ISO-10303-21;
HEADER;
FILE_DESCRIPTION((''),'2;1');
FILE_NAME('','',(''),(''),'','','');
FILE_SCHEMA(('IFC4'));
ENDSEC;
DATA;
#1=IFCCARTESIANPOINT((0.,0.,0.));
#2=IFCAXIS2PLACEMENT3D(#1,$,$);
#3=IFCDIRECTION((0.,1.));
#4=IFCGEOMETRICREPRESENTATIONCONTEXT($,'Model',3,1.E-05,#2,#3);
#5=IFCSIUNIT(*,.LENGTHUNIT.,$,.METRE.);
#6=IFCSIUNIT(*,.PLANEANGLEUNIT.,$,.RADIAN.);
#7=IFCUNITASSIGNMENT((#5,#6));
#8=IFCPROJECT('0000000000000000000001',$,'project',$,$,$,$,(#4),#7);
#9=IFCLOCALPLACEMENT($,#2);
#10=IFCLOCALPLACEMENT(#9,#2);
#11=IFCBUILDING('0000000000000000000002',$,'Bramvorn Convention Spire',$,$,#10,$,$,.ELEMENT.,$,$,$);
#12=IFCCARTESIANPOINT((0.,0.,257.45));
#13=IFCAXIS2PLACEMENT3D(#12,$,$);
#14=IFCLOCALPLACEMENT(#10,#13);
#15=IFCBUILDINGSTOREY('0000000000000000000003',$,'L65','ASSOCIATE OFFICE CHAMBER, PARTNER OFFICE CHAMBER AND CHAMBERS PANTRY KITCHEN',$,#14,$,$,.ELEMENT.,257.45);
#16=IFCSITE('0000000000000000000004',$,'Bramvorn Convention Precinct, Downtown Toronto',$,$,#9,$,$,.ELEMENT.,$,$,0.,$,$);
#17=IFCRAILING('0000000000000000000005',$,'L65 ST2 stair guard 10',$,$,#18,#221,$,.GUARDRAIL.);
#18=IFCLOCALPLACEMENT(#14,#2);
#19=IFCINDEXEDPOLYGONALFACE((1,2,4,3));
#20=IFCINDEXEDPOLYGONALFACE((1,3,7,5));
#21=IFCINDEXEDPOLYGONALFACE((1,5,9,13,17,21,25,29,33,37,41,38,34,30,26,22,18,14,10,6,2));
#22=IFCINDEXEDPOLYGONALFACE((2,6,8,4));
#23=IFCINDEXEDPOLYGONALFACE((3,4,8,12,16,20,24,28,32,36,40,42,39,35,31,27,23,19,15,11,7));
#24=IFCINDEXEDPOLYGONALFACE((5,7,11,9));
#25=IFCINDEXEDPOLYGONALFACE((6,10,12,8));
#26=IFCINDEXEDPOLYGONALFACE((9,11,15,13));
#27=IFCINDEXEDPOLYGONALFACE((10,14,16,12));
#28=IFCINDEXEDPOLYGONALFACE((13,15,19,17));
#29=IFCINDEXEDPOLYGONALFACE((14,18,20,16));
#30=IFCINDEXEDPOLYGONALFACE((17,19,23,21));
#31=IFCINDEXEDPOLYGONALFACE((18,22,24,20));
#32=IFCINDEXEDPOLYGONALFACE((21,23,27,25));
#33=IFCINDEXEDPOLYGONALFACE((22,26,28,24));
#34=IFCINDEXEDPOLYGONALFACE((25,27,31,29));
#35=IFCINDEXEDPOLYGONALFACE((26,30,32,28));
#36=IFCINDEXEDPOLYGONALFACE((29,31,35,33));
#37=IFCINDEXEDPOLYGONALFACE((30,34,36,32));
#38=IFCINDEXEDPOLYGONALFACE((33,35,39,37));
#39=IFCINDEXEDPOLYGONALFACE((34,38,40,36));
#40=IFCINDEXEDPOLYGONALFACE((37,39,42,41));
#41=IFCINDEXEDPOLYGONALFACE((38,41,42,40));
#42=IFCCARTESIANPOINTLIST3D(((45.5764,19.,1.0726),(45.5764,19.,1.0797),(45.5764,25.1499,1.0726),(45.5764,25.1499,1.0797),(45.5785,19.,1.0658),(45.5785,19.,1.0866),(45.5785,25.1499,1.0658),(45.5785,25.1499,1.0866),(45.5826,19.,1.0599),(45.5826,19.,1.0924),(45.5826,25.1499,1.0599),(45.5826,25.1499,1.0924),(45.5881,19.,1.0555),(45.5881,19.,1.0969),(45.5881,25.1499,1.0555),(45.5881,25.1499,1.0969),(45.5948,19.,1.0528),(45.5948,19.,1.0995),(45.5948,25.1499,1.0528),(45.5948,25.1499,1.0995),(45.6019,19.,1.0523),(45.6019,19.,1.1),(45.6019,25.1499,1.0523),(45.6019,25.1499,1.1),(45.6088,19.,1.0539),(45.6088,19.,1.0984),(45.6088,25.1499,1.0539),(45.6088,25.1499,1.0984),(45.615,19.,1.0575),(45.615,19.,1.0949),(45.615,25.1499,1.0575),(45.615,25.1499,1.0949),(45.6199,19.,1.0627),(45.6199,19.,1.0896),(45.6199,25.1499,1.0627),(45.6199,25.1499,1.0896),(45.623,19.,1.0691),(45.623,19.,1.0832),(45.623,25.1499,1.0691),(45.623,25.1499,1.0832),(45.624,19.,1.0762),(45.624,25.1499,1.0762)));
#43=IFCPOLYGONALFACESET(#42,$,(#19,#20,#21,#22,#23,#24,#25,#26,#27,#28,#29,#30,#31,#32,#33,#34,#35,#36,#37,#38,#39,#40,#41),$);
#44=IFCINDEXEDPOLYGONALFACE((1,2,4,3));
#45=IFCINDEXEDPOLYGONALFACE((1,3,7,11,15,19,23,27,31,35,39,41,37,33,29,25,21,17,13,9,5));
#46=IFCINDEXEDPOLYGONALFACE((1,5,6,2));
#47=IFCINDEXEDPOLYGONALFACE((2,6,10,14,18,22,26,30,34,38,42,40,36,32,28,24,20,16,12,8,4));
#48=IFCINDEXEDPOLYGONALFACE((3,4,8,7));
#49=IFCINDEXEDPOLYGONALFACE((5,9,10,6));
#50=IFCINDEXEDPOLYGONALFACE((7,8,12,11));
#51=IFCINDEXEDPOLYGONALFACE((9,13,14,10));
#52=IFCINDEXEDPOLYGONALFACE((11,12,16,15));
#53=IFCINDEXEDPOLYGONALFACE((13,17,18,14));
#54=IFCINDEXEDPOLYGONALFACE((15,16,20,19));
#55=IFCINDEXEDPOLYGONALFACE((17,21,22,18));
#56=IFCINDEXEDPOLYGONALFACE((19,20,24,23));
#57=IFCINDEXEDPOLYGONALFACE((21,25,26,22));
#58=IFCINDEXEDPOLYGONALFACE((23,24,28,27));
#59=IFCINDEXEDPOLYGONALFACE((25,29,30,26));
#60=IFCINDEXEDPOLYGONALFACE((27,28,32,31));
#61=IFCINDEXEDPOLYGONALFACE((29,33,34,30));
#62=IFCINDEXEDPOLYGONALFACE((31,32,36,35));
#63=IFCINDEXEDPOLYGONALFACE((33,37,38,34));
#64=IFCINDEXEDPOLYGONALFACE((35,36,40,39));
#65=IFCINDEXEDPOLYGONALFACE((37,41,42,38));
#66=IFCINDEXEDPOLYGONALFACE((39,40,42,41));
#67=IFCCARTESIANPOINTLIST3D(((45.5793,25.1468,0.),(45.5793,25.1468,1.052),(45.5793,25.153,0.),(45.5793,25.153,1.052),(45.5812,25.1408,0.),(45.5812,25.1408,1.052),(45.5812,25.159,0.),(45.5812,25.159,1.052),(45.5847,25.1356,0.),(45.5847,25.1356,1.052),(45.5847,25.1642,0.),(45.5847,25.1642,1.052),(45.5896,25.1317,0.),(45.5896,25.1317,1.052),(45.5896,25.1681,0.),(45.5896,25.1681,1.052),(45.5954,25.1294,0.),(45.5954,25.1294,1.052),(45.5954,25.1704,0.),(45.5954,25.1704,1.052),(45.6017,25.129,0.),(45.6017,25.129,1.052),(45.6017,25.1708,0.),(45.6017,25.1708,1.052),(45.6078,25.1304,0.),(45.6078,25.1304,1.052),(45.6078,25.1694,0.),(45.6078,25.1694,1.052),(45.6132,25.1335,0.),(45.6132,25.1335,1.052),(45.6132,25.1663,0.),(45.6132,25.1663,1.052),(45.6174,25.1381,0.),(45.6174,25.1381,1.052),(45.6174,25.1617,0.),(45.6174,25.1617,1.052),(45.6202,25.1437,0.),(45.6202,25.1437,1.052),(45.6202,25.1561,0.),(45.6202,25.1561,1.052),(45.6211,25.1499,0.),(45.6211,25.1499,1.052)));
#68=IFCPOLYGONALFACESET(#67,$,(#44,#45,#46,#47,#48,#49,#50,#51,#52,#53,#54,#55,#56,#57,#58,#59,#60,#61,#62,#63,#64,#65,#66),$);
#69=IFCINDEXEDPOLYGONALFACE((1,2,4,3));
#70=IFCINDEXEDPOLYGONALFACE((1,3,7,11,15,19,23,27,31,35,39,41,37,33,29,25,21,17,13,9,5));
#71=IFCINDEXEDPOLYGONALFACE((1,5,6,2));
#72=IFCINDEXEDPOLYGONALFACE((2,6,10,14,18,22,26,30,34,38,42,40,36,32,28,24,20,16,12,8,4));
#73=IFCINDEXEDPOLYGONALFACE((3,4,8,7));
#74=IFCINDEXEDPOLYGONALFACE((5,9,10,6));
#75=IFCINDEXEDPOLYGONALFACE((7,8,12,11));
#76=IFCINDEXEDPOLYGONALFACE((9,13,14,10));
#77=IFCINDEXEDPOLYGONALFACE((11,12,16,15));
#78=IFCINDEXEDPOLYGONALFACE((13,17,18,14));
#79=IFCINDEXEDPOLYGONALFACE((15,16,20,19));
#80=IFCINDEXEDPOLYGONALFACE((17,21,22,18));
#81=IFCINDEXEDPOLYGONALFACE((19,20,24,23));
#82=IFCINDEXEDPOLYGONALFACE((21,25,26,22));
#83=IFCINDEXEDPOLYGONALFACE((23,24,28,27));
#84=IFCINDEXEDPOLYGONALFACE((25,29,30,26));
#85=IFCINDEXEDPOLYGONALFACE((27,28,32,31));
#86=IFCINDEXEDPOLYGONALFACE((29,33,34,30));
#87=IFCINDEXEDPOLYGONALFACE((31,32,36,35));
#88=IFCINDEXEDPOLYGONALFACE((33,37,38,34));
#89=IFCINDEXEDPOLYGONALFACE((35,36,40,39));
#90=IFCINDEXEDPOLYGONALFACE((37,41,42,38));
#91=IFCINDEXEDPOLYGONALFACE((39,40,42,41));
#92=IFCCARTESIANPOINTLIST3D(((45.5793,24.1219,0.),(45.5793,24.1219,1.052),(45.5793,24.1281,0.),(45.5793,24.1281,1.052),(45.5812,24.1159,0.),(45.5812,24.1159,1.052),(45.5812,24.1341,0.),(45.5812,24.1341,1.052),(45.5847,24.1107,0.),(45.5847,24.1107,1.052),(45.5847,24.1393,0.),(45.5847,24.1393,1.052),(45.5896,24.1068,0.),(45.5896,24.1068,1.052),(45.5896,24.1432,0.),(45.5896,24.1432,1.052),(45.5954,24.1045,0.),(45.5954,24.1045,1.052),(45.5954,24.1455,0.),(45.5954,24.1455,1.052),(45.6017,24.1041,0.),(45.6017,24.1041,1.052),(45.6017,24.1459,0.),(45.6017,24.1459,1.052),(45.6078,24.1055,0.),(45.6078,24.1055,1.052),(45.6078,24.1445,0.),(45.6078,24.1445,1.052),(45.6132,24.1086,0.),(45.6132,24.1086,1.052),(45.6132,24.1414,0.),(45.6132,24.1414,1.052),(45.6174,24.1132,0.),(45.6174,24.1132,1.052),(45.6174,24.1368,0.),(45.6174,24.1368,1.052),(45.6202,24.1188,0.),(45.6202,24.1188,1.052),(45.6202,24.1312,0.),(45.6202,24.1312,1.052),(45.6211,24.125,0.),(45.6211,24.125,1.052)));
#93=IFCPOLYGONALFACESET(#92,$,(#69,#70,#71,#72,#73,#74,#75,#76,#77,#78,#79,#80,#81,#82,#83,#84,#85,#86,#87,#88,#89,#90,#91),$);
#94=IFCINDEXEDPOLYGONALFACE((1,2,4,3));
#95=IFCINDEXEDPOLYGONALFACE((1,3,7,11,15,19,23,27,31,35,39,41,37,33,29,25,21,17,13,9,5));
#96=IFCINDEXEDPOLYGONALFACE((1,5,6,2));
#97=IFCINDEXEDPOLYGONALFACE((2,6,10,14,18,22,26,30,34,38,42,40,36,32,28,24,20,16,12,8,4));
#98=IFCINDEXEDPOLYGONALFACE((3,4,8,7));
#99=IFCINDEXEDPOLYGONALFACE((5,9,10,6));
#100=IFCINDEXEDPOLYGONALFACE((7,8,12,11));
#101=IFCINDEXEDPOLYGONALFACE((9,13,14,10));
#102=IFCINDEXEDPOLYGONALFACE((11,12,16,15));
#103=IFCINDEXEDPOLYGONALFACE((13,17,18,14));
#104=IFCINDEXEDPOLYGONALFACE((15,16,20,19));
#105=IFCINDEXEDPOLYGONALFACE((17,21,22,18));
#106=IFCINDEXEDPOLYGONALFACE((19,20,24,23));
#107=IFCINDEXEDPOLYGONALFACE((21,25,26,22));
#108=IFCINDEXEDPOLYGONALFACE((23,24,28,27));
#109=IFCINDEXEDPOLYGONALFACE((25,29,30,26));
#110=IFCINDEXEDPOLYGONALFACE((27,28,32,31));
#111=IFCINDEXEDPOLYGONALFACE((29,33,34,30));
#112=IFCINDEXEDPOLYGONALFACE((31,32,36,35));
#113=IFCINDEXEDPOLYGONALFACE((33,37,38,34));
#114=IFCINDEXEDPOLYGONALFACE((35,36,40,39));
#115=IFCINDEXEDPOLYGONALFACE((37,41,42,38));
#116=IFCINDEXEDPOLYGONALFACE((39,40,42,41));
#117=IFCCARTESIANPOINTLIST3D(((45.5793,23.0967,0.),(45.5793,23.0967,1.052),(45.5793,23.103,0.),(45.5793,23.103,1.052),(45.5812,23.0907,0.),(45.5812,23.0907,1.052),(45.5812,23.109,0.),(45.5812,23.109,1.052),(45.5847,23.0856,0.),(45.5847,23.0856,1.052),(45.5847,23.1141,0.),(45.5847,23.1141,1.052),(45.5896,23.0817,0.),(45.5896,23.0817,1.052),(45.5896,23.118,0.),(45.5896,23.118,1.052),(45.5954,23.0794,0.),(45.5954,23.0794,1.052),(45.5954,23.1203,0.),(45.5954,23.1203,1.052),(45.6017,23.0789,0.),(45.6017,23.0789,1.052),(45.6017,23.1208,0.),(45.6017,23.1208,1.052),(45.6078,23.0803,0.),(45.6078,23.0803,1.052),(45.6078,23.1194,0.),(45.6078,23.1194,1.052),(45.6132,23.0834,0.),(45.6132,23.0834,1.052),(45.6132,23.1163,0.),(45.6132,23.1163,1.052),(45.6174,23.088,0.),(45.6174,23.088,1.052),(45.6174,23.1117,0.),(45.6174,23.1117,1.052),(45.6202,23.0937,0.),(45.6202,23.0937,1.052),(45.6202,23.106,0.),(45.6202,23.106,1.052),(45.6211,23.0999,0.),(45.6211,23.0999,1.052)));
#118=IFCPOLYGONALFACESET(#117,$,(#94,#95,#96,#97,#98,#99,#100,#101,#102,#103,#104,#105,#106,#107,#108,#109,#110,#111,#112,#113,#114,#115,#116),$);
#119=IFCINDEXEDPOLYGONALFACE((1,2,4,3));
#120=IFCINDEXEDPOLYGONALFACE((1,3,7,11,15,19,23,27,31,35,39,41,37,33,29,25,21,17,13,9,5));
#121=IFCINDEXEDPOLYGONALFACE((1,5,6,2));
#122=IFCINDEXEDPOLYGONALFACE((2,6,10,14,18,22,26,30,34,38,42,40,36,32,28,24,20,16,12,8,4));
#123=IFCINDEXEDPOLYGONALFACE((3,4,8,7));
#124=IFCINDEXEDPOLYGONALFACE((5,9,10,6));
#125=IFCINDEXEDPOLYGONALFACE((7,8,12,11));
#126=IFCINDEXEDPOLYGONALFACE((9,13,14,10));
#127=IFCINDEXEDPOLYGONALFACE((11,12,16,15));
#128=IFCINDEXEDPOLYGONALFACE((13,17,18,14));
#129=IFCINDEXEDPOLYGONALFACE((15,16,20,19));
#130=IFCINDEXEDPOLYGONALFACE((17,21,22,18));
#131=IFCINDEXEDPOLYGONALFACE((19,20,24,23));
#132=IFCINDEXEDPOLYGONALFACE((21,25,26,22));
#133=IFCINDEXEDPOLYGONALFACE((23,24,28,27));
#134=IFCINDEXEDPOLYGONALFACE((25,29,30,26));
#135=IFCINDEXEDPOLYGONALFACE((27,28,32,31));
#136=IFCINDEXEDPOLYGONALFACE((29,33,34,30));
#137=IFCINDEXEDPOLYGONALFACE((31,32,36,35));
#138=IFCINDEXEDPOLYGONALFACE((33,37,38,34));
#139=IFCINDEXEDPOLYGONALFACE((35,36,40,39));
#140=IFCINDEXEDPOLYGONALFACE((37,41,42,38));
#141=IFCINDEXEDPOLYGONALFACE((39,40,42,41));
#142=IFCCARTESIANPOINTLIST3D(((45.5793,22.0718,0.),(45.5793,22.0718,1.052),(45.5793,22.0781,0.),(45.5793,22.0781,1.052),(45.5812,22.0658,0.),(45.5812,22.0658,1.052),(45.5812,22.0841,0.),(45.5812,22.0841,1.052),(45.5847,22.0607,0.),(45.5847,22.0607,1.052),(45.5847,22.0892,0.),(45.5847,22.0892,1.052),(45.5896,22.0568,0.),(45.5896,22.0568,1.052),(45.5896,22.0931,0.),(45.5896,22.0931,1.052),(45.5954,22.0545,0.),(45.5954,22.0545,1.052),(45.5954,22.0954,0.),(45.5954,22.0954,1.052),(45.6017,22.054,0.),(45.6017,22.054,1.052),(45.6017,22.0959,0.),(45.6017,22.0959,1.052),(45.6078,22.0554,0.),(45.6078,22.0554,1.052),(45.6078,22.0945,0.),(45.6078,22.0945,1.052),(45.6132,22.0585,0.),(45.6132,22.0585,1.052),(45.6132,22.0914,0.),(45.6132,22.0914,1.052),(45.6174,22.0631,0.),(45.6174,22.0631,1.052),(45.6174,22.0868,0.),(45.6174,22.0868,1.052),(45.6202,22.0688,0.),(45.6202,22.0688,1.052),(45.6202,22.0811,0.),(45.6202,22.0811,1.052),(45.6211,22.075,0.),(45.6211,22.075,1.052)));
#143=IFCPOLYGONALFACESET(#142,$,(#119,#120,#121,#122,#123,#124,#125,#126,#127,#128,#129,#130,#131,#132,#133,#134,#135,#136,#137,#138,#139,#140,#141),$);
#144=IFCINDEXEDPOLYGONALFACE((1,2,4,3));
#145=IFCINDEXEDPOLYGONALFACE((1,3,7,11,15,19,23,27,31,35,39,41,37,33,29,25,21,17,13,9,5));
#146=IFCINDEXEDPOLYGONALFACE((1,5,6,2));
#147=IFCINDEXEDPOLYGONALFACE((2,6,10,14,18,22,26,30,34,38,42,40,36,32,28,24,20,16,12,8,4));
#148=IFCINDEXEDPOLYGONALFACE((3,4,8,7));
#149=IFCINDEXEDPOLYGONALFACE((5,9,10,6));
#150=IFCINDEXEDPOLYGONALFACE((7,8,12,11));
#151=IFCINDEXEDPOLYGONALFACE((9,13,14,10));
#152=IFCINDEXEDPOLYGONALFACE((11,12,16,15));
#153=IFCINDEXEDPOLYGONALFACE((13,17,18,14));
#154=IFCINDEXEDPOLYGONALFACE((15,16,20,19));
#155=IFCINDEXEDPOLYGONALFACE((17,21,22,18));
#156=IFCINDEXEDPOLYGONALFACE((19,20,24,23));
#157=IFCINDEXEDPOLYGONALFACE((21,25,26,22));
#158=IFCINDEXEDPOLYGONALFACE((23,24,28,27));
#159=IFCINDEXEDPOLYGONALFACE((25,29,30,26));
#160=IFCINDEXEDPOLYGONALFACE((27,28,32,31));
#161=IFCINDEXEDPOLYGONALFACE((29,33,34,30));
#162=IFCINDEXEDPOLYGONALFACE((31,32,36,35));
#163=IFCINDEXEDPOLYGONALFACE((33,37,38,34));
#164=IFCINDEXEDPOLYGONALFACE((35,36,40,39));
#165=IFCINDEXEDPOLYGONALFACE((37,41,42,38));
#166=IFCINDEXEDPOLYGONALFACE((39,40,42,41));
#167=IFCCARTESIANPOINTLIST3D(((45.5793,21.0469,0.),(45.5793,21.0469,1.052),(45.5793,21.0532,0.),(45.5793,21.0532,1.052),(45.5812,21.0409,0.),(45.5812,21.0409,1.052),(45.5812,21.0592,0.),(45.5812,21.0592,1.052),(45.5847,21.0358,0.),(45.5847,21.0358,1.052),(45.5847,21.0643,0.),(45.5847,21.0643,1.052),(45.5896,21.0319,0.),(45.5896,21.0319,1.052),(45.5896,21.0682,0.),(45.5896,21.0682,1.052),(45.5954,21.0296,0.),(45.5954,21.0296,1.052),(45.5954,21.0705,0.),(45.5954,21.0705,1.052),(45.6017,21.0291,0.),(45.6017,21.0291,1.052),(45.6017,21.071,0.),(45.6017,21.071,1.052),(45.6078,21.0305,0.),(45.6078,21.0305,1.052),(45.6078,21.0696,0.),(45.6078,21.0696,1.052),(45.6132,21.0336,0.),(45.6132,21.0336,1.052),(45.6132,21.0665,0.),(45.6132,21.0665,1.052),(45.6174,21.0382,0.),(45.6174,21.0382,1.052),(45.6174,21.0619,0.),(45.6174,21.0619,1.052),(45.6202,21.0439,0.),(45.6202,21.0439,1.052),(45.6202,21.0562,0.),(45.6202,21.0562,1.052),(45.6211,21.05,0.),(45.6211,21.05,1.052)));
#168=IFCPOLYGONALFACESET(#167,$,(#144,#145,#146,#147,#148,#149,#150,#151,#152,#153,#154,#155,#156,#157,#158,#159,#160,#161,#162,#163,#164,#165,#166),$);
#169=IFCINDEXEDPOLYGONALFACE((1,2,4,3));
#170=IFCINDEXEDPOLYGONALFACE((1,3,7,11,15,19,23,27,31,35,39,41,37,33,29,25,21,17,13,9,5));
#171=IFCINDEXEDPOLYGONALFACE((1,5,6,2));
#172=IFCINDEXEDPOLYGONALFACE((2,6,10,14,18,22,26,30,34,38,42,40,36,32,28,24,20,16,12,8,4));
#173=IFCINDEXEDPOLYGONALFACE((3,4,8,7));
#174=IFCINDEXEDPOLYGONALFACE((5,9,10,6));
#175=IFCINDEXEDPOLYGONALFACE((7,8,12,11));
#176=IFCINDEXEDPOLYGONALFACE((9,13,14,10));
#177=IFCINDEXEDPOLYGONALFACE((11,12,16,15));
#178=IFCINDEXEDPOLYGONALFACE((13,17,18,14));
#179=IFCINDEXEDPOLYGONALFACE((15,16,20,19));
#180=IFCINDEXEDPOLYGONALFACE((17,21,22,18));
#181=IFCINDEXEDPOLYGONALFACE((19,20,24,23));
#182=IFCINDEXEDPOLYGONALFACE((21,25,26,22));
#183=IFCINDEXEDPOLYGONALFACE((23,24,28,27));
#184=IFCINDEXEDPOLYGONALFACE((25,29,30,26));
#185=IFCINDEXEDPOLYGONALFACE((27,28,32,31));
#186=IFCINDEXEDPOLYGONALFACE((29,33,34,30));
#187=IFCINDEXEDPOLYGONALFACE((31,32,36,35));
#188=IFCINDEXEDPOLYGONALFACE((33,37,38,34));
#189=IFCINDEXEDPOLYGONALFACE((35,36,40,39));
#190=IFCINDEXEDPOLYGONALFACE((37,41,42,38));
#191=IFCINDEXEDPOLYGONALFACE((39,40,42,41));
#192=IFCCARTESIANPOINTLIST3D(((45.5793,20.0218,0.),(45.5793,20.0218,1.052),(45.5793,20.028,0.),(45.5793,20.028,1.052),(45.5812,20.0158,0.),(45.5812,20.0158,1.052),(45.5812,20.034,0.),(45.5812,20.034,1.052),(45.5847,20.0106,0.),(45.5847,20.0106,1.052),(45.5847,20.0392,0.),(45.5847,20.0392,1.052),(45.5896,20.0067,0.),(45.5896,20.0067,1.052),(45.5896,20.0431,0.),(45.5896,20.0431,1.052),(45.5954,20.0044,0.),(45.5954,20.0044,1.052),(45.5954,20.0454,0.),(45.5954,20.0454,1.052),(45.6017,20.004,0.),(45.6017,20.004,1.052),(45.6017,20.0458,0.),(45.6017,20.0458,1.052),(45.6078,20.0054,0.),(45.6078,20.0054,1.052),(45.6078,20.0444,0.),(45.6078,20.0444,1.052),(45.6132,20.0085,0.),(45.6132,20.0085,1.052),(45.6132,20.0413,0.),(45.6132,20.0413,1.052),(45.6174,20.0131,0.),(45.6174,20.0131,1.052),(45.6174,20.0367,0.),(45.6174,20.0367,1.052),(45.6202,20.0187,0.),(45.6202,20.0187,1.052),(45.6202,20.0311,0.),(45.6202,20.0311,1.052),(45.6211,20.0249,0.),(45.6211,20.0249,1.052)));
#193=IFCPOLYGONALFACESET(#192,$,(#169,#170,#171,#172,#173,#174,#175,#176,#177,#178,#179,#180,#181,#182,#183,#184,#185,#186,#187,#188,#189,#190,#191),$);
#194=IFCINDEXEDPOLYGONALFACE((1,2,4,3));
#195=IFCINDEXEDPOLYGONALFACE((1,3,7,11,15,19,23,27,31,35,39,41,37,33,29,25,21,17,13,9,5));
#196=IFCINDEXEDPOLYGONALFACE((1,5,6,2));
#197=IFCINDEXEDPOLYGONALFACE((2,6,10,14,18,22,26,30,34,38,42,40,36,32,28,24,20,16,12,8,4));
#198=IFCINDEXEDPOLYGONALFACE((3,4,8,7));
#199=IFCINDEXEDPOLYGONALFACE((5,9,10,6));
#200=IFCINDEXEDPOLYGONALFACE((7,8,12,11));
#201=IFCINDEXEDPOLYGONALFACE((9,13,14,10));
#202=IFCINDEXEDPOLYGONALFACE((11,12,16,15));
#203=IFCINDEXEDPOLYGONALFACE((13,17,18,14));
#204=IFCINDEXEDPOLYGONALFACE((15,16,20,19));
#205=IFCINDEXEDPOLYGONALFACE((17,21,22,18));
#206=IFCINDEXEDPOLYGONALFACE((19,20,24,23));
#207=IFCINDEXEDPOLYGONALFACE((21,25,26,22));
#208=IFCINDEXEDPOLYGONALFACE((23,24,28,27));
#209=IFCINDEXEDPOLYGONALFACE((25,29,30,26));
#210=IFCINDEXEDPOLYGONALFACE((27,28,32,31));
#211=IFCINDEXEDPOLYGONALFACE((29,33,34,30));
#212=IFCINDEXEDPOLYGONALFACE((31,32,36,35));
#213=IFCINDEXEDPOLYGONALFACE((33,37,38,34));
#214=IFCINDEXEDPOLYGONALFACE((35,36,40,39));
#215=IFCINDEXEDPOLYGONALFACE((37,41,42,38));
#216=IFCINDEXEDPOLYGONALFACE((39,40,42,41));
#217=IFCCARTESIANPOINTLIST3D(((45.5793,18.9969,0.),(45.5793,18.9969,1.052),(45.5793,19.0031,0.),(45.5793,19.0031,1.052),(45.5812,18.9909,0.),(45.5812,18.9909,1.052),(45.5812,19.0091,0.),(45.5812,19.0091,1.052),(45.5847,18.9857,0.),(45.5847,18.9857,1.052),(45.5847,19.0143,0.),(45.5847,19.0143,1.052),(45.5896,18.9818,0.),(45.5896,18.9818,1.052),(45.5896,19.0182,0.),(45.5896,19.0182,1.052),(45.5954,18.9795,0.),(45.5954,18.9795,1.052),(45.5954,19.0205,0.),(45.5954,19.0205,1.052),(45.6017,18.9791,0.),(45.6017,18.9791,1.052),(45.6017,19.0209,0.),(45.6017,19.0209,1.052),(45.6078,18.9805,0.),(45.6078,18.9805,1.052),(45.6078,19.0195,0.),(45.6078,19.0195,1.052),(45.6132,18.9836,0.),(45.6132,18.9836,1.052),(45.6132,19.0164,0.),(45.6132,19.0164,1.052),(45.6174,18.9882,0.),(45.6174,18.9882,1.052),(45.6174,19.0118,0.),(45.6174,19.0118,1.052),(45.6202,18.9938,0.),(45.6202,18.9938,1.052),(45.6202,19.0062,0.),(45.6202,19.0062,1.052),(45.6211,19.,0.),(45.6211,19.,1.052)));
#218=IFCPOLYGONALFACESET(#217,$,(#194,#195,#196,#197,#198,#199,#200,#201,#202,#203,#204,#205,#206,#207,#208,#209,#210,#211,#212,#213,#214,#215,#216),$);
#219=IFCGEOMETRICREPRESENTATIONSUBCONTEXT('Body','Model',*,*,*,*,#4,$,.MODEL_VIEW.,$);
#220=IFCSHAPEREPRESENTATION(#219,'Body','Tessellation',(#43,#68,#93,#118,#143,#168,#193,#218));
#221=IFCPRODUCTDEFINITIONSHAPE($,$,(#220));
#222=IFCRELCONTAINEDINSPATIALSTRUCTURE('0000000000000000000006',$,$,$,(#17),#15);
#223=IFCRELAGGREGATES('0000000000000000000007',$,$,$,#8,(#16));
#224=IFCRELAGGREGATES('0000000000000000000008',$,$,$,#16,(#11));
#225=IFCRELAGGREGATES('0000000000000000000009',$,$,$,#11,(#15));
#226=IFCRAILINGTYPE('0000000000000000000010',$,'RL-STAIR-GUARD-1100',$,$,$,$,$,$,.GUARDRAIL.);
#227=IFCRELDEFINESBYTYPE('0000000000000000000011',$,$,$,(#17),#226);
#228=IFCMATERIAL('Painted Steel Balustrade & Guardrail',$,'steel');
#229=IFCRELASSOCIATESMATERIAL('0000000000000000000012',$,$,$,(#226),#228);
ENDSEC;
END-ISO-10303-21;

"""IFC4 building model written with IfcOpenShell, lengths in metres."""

from ifc_helpers import new_model, si_unit, direction, frame, origin, origin_2d, place, context, subcontext, project, spatial, circle, extrude, material, type_object, element, save


model = new_model("IFC4")

# Units and contexts
model_context = context("Model", 3, precision=1e-05, world=origin(), true_north=direction((0.0, 1.0)))
body_context = subcontext(model_context, "Body", "Model", "MODEL_VIEW")
ifc_project = project(units=[si_unit("LENGTHUNIT", "METRE"), si_unit("PLANEANGLEUNIT", "RADIAN")], contexts=[model_context])

# Site, building, storey
site_placement = place(None, origin())
site = spatial("IfcSite", under=ifc_project, at=site_placement, Name="Bramvorn Convention Precinct, Downtown Toronto", CompositionType="ELEMENT", RefElevation=0.0)
building_placement = place(site_placement, origin())
building = spatial("IfcBuilding", under=site, at=building_placement, Name="Bramvorn Convention Spire", CompositionType="ELEMENT")
storey_placement = place(building_placement, frame((0.0, 0.0, 257.45)))
storey = spatial("IfcBuildingStorey", under=building, at=storey_placement, Name="L65", Description="ASSOCIATE OFFICE CHAMBER, PARTNER OFFICE CHAMBER AND CHAMBERS PANTRY KITCHEN", CompositionType="ELEMENT", Elevation=257.45)

# Railing
ifc_material_1 = material(Name="Painted Steel Balustrade & Guardrail", Category="steel")
railing_type_1 = type_object("IfcRailingType", Name="RL-STAIR-GUARD-1100", PredefinedType="GUARDRAIL", material=ifc_material_1)
railing_1_placement = place(storey_placement, frame((45.6001, 25.1499, 0.0)))
element("IfcRailing", 1, at=railing_1_placement, inside=storey, type_object=railing_type_1, Name="L65 ST2 stair guard 10", PredefinedType="GUARDRAIL", context=body_context, shape_type="SweptSolid", body=[
    extrude(circle(Radius=0.0239, at=origin_2d()), frame((0.0, 0.0, 1.0762), z_axis=(0.0, -1.0, 0.0), x_axis=(1.0, 0.0, 0.0)), (0.0, 0.0, 1.0), 6.1499),
    extrude(circle(Radius=0.021, at=origin_2d()), origin(), (0.0, 0.0, 1.0), 1.052),
    extrude(circle(Radius=0.021, at=origin_2d()), frame((0.0, -1.0249, 0.0)), (0.0, 0.0, 1.0), 1.052),
    extrude(circle(Radius=0.021, at=origin_2d()), frame((0.0, -2.05, 0.0)), (0.0, 0.0, 1.0), 1.052),
    extrude(circle(Radius=0.021, at=origin_2d()), frame((0.0, -3.075, 0.0)), (0.0, 0.0, 1.0), 1.052),
    extrude(circle(Radius=0.021, at=origin_2d()), frame((0.0, -4.0999, 0.0)), (0.0, 0.0, 1.0), 1.052),
    extrude(circle(Radius=0.021, at=origin_2d()), frame((0.0, -5.125, 0.0)), (0.0, 0.0, 1.0), 1.052),
    extrude(circle(Radius=0.021, at=origin_2d()), frame((0.0, -6.1499, 0.0)), (0.0, 0.0, 1.0), 1.052),
])

save(model, "model.ifc")
